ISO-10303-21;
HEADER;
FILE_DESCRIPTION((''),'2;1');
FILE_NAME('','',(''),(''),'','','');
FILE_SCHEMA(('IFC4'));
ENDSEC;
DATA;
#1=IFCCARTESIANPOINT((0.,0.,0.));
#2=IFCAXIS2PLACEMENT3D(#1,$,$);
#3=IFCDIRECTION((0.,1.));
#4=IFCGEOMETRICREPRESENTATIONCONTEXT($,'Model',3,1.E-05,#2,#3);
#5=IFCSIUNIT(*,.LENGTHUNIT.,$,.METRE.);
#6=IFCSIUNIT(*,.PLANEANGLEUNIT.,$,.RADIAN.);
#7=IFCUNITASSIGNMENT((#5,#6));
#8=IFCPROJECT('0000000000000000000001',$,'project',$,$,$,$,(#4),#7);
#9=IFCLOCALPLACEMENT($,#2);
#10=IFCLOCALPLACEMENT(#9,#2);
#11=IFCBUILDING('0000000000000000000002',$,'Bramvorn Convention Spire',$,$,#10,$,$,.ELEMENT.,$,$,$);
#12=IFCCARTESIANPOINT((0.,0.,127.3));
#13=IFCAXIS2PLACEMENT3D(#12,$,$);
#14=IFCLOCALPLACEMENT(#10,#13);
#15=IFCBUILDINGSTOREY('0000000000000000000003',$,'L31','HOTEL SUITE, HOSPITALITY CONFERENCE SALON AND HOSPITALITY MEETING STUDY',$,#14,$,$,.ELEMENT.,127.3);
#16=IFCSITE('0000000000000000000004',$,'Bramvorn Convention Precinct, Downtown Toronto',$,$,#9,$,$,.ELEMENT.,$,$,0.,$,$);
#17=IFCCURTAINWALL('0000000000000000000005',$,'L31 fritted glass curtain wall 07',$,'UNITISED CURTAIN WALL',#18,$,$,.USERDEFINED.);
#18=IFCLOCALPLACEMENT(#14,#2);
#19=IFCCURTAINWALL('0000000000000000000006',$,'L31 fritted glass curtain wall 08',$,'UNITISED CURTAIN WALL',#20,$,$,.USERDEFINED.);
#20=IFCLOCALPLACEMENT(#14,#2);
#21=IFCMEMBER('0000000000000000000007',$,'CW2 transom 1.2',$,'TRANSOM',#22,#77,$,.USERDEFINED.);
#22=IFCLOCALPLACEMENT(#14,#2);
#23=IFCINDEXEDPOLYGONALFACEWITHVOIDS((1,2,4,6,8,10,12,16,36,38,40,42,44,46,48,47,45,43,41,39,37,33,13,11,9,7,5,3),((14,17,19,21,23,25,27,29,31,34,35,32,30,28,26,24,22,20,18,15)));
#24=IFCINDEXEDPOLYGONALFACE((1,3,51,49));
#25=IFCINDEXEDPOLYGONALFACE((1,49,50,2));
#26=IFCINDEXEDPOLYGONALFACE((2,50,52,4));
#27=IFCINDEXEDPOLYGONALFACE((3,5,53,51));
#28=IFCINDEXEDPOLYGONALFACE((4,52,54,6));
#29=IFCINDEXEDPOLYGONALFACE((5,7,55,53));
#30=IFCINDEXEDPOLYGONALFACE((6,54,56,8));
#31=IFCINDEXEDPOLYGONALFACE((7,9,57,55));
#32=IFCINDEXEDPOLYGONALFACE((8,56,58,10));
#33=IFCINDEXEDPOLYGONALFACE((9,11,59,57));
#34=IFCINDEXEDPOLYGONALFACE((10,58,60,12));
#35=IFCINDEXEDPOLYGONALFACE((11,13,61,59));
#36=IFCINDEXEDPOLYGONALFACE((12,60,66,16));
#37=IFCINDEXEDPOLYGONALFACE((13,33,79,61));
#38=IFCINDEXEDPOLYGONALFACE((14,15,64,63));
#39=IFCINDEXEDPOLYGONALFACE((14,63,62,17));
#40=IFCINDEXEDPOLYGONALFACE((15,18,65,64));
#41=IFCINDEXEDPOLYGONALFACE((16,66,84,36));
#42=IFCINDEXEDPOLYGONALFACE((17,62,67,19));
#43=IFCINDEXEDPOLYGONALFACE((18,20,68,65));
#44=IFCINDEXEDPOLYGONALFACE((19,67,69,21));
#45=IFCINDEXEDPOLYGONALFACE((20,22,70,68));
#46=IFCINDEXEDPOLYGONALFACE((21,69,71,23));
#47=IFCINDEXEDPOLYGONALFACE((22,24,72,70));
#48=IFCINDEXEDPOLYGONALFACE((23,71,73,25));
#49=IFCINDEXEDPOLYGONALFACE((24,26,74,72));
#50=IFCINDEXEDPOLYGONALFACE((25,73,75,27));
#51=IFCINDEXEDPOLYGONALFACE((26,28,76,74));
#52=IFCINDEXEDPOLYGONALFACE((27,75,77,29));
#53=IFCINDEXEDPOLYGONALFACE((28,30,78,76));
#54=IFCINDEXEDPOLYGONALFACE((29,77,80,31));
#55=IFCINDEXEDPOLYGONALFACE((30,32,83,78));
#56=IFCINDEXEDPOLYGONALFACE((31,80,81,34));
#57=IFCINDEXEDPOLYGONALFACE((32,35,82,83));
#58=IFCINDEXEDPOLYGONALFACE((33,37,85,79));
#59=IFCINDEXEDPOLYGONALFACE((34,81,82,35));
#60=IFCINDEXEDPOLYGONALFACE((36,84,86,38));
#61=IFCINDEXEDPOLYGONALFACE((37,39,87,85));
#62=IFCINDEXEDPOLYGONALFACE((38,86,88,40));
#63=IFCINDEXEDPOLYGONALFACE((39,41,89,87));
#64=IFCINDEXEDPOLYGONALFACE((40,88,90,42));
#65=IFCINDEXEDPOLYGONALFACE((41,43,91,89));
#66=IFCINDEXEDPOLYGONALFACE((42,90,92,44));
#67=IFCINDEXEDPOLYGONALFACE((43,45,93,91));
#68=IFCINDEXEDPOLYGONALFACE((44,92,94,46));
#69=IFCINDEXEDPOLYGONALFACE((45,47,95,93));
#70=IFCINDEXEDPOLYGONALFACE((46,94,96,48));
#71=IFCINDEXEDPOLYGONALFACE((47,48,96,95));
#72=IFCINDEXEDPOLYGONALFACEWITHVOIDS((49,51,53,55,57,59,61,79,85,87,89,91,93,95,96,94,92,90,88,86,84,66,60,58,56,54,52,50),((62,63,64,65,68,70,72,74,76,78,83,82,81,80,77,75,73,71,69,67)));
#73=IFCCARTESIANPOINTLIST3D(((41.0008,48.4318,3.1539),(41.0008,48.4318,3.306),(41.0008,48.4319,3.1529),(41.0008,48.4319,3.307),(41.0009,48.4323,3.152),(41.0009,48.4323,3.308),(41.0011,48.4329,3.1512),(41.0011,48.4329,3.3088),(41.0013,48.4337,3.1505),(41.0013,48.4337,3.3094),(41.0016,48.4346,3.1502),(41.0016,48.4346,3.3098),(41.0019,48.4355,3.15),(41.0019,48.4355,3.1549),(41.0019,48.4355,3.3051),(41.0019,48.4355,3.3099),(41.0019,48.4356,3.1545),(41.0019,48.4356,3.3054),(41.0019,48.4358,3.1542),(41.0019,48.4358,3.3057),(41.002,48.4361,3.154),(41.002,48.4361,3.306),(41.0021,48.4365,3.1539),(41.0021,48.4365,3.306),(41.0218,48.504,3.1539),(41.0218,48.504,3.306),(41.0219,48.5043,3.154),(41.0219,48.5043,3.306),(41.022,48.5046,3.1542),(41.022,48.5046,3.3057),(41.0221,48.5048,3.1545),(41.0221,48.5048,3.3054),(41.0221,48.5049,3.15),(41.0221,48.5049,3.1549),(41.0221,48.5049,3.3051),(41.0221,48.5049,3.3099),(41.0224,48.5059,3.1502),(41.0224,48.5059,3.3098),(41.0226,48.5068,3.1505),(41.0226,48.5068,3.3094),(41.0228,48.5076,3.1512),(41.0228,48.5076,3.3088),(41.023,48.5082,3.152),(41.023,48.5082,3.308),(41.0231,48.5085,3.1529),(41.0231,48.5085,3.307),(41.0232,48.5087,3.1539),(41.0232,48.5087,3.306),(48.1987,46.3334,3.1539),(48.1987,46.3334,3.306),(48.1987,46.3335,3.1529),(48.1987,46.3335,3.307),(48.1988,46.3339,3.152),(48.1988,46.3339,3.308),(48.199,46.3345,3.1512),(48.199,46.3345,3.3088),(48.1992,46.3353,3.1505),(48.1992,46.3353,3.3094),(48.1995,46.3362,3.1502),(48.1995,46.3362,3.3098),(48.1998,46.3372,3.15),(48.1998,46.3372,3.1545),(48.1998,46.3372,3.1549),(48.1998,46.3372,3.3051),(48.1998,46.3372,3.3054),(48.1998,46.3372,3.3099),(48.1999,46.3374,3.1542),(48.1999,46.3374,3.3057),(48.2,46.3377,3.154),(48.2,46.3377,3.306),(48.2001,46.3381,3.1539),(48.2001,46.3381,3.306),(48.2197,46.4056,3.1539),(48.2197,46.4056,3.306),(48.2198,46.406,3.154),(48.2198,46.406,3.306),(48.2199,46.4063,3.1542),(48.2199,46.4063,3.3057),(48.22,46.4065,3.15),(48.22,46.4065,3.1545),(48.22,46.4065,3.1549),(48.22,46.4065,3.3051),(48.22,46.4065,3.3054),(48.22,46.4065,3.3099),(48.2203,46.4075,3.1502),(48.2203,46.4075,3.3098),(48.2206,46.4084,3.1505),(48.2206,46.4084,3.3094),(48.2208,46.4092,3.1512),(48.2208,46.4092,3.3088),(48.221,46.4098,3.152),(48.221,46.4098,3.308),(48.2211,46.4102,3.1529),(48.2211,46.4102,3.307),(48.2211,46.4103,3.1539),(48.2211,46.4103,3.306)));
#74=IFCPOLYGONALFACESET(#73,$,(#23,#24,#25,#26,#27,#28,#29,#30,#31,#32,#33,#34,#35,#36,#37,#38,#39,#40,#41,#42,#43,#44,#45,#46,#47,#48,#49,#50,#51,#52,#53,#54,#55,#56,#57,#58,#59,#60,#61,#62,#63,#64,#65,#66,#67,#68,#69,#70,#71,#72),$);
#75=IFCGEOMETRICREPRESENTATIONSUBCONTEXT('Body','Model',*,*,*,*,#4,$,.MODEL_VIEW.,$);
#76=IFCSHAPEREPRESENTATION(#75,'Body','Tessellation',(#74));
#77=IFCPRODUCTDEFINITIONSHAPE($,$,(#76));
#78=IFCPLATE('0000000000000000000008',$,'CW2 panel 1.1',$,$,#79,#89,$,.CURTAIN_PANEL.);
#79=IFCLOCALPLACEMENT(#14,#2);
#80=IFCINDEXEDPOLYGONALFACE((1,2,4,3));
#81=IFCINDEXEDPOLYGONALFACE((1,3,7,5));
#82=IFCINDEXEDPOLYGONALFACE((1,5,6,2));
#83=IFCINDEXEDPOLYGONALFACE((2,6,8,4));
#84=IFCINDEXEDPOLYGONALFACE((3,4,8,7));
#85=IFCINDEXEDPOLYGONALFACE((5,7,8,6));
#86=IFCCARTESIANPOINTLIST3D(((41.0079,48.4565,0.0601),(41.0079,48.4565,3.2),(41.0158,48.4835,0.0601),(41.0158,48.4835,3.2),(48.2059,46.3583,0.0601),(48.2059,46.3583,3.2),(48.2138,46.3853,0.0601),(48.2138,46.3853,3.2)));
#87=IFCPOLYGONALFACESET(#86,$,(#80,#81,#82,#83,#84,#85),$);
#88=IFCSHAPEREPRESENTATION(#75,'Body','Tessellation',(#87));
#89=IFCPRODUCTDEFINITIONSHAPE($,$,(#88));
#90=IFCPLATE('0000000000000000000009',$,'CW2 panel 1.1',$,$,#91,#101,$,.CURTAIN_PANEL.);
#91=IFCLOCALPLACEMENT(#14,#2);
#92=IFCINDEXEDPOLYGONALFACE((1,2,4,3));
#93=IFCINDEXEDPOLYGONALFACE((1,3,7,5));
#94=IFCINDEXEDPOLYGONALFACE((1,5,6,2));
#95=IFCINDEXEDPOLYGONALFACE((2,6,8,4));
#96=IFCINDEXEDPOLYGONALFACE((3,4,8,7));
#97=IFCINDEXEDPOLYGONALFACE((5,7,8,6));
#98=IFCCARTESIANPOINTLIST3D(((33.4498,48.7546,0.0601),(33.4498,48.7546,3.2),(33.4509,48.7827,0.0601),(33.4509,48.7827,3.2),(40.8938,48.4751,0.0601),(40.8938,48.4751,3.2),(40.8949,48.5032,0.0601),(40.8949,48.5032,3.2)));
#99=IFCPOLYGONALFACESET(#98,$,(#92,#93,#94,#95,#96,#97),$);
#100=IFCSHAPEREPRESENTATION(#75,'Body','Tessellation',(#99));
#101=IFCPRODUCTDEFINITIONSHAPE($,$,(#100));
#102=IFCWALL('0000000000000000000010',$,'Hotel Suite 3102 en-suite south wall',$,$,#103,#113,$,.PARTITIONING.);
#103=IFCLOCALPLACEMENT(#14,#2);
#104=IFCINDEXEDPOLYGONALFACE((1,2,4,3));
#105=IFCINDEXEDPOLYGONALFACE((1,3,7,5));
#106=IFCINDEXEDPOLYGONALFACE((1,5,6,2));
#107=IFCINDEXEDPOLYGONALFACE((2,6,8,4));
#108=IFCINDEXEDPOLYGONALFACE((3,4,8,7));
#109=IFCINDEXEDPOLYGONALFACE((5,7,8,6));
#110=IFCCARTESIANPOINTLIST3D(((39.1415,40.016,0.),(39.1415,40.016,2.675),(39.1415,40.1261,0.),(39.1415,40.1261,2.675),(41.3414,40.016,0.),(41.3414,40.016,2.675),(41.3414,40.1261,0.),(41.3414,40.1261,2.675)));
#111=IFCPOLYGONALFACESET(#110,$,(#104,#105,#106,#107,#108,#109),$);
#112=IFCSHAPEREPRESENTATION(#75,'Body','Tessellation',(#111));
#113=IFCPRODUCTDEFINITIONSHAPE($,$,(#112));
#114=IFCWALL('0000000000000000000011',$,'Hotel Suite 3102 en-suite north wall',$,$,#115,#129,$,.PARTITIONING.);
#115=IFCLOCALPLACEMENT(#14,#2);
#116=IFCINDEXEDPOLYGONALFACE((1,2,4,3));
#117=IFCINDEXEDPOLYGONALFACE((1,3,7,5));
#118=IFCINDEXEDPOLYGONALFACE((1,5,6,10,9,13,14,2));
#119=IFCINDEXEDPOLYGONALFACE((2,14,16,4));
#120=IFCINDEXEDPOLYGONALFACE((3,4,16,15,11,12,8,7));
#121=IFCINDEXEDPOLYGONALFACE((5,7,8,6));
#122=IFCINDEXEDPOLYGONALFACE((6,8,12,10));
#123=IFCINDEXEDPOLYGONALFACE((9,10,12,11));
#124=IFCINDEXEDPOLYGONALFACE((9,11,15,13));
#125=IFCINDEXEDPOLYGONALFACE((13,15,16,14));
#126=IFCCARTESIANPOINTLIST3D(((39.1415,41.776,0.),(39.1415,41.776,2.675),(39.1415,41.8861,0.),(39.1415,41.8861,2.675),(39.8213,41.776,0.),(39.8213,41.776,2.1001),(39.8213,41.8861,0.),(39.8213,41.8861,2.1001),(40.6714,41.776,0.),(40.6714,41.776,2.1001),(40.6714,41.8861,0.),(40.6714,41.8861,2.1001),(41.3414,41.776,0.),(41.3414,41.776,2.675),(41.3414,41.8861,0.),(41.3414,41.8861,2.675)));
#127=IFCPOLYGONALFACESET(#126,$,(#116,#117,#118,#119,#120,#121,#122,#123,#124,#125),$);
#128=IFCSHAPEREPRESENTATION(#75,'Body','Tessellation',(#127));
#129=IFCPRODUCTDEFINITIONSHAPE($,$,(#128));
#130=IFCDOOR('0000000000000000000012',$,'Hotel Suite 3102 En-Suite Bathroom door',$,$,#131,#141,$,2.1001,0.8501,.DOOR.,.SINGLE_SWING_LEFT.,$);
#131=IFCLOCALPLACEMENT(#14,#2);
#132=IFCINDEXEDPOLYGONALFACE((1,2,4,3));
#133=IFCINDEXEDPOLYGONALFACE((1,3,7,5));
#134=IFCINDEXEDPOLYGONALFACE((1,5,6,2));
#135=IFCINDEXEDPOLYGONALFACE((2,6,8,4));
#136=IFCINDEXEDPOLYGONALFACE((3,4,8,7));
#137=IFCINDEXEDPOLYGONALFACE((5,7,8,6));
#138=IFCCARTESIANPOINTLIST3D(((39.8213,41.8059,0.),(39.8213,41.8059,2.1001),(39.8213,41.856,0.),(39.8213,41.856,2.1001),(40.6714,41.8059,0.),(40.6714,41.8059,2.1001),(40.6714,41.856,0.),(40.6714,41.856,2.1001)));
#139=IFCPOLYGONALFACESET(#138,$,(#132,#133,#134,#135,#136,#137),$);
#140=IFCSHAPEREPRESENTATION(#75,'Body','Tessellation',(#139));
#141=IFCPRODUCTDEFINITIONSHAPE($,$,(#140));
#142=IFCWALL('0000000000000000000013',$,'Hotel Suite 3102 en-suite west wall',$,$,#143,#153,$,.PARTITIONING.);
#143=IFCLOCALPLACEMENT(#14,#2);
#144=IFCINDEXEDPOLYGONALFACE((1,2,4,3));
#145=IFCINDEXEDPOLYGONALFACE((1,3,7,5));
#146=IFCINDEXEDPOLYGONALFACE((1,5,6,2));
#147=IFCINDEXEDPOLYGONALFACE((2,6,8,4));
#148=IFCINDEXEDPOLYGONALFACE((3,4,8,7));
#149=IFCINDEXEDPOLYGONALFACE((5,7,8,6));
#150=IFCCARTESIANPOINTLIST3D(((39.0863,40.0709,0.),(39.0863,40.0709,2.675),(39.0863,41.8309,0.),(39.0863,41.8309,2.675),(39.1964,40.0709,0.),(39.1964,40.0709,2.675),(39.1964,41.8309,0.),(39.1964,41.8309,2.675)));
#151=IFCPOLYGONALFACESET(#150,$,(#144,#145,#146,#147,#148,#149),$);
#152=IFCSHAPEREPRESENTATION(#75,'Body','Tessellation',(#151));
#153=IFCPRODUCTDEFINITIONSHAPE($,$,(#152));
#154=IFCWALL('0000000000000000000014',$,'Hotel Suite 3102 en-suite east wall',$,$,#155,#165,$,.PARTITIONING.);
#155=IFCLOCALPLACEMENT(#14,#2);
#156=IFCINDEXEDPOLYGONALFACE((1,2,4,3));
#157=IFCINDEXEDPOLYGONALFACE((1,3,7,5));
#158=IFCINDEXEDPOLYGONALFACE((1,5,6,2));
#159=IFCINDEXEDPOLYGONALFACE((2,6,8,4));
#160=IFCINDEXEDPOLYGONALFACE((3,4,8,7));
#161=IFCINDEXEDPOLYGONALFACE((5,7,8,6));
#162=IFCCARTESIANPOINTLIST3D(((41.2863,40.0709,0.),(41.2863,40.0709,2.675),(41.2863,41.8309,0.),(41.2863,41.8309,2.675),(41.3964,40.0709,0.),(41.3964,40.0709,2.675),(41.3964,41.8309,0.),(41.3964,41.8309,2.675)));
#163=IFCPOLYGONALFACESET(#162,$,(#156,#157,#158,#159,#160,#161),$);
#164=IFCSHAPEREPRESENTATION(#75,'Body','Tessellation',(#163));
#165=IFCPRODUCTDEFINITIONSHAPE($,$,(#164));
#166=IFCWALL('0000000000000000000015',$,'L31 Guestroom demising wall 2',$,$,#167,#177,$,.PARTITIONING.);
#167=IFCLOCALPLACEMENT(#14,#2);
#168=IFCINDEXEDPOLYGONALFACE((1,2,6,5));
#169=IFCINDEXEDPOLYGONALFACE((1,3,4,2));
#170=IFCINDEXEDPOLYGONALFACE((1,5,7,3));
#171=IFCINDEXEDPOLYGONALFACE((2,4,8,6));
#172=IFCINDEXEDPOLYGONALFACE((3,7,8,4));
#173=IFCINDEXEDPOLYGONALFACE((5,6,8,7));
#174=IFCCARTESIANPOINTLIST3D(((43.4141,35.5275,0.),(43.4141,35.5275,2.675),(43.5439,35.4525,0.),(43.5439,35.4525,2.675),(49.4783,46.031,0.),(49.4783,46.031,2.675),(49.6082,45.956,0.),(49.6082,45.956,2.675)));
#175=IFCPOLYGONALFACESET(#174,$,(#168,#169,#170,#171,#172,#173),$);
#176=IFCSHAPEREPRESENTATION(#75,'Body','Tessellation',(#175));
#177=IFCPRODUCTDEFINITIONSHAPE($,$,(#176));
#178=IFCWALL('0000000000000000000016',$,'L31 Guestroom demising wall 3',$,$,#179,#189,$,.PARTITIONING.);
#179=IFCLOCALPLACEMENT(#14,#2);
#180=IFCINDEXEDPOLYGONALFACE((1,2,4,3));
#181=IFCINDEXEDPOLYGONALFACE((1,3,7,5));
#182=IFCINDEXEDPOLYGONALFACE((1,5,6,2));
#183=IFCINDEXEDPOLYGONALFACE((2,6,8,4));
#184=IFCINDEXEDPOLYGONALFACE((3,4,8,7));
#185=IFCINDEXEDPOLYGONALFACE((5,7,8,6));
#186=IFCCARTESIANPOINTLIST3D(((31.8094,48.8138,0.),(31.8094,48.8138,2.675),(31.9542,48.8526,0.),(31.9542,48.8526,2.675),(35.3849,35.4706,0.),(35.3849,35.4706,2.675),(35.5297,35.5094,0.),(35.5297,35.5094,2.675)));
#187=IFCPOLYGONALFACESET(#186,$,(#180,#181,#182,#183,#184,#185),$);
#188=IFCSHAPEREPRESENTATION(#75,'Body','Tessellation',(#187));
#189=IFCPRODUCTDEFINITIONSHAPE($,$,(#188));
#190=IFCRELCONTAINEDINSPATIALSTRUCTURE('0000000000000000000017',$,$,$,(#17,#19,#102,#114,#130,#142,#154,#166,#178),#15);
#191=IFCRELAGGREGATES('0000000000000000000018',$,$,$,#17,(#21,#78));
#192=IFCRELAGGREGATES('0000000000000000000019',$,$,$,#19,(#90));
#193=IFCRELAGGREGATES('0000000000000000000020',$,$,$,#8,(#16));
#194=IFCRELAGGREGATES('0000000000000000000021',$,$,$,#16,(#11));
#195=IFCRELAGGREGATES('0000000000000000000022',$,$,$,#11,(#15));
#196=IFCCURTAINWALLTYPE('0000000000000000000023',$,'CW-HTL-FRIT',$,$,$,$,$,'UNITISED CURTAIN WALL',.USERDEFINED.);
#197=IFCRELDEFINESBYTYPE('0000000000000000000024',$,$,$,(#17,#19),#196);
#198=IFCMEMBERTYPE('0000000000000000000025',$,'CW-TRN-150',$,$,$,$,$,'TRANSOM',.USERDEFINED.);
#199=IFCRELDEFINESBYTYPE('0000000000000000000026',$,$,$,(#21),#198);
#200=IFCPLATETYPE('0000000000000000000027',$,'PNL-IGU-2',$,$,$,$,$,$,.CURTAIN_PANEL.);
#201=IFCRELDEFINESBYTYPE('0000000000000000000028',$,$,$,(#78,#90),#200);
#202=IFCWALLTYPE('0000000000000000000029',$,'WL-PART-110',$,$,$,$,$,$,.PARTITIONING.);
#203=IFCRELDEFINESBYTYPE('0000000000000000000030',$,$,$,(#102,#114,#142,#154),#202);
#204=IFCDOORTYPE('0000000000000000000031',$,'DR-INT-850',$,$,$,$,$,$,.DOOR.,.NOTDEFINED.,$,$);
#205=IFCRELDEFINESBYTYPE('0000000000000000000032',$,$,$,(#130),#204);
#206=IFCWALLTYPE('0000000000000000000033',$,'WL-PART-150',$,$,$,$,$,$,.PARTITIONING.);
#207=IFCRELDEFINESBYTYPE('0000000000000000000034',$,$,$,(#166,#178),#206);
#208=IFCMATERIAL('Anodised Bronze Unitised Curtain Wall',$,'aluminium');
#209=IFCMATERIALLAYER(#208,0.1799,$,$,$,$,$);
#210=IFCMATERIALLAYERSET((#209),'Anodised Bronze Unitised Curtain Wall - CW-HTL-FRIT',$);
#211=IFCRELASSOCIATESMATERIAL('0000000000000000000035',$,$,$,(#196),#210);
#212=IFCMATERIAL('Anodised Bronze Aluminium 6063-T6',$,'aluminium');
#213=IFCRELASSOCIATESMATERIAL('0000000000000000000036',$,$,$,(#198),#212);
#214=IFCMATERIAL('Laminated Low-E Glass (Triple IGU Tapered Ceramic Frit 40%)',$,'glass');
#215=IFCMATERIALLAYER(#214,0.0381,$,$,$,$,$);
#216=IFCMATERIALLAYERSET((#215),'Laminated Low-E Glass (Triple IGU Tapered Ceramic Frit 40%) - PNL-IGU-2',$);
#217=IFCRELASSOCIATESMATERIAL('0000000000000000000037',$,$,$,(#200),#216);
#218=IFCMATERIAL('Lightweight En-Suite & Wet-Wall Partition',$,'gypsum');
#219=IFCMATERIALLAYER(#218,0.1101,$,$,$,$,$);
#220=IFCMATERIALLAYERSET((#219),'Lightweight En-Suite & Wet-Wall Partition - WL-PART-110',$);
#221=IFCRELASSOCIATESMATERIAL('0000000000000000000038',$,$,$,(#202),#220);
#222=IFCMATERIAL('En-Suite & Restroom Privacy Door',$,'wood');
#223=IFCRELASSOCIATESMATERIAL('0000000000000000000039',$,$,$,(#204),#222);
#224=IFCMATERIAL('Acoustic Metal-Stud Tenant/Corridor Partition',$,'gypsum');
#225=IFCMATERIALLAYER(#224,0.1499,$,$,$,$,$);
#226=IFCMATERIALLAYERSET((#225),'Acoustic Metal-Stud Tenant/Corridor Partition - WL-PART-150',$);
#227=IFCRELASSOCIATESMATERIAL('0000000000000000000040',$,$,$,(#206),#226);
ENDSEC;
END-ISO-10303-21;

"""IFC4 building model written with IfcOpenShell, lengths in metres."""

from ifc_helpers import new_model, si_unit, direction, frame, frame_2d, origin, origin_2d, place, context, subcontext, project, spatial, rectangle, hollow_rectangle, extrude, material, layer, layer_set, material_profile, profile_set, type_object, element, fill, aggregate, save


model = new_model("IFC4")

# Units and contexts
model_context = context("Model", 3, precision=1e-05, world=origin(), true_north=direction((0.0, 1.0)))
body_context = subcontext(model_context, "Body", "Model", "MODEL_VIEW")
ifc_project = project(units=[si_unit("LENGTHUNIT", "METRE"), si_unit("PLANEANGLEUNIT", "RADIAN")], contexts=[model_context])

# Site, building, storey
site_placement = place(None, origin())
site = spatial("IfcSite", under=ifc_project, at=site_placement, Name="Bramvorn Convention Precinct, Downtown Toronto", CompositionType="ELEMENT", RefElevation=0.0)
building_placement = place(site_placement, origin())
building = spatial("IfcBuilding", under=site, at=building_placement, Name="Bramvorn Convention Spire", CompositionType="ELEMENT")
storey_placement = place(building_placement, frame((0.0, 0.0, 127.3)))
storey = spatial("IfcBuildingStorey", under=building, at=storey_placement, Name="L31", Description="HOTEL SUITE, HOSPITALITY CONFERENCE SALON AND HOSPITALITY MEETING STUDY", CompositionType="ELEMENT", Elevation=127.3)

# Curtain walls
ifc_material_1 = material(Name="Anodised Bronze Unitised Curtain Wall", Category="aluminium")
ifc_layer_1 = layer(ifc_material_1, 0.1799)
ifc_layer_set_1 = layer_set([ifc_layer_1], Name="Anodised Bronze Unitised Curtain Wall - CW-HTL-FRIT")
curtain_wall_type = type_object("IfcCurtainWallType", Name="CW-HTL-FRIT", ElementType="UNITISED CURTAIN WALL", PredefinedType="USERDEFINED", material=ifc_layer_set_1)
curtain_wall_1_placement = place(storey_placement, origin())
curtain_wall_1 = element("IfcCurtainWall", 1, at=curtain_wall_1_placement, inside=storey, type_object=curtain_wall_type, Name="L31 fritted glass curtain wall 07", ObjectType="UNITISED CURTAIN WALL", PredefinedType="USERDEFINED")
ifc_material_2 = material(Name="Anodised Bronze Aluminium 6063-T6", Category="aluminium")
curtain_wall_2_placement = place(storey_placement, origin())
curtain_wall_2 = element("IfcCurtainWall", 2, at=curtain_wall_2_placement, inside=storey, type_object=curtain_wall_type, Name="L31 fritted glass curtain wall 08", ObjectType="UNITISED CURTAIN WALL", PredefinedType="USERDEFINED")

# Member
ifc_material_profile_1 = material_profile(ifc_material_2, hollow_rectangle(XDim=0.0801, YDim=0.1599, WallThickness=0.0039, InnerFilletRadius=0.001, OuterFilletRadius=0.0039, at=origin_2d()))
ifc_profile_set_1 = profile_set([ifc_material_profile_1], Name="Anodised Bronze Aluminium 6063-T6 - CWT80X160")
member_type_1 = type_object("IfcMemberType", Name="CW-TRN-150", ElementType="TRANSOM", PredefinedType="USERDEFINED", material=ifc_profile_set_1)
member_1_placement = place(storey_placement, frame((41.012, 48.4702, 3.23), z_axis=(0.960037, -0.279874, 0.0), x_axis=(0.279874, 0.960037, 0.0)))
member_1 = element("IfcMember", 3, at=member_1_placement, type_object=member_type_1, Name="CW2 transom 1.2", ObjectType="TRANSOM", PredefinedType="USERDEFINED", context=body_context, shape_type="SweptSolid", body=[
    extrude(hollow_rectangle(XDim=0.0801, YDim=0.1599, WallThickness=0.0039, InnerFilletRadius=0.001, OuterFilletRadius=0.0039, at=origin_2d()), origin(), (0.0, 0.0, 1.0), 7.4976),
])

# Plates
ifc_material_3 = material(Name="Laminated Low-E Glass (Triple IGU Tapered Ceramic Frit 40%)", Category="glass")
ifc_layer_2 = layer(ifc_material_3, 0.0381)
ifc_layer_set_2 = layer_set([ifc_layer_2], Name="Laminated Low-E Glass (Triple IGU Tapered Ceramic Frit 40%) - PNL-IGU-2")
plate_type = type_object("IfcPlateType", Name="PNL-IGU-2", PredefinedType="CURTAIN_PANEL", material=ifc_layer_set_2)
plate_1_placement = place(storey_placement, frame((44.6108, 47.4209, 0.0601), z_axis=(0.0, 0.0, 1.0), x_axis=(0.960042, -0.279856, 0.0)))
plate_1 = element("IfcPlate", 4, at=plate_1_placement, type_object=plate_type, Name="CW2 panel 1.1", PredefinedType="CURTAIN_PANEL", context=body_context, shape_type="SweptSolid", body=[
    extrude(rectangle(XDim=7.4976, YDim=0.0281, at=origin_2d()), origin(), (0.0, 0.0, 1.0), 3.1399),
])
aggregate(curtain_wall_1, [member_1, plate_1])
plate_2_placement = place(storey_placement, frame((37.1724, 48.6289, 0.0601), z_axis=(0.0, 0.0, 1.0), x_axis=(0.999296, -0.03752, 0.0)))
plate_2 = element("IfcPlate", 5, at=plate_2_placement, type_object=plate_type, Name="CW2 panel 1.1", PredefinedType="CURTAIN_PANEL", context=body_context, shape_type="SweptSolid", body=[
    extrude(rectangle(XDim=7.4492, YDim=0.0281, at=origin_2d()), origin(), (0.0, 0.0, 1.0), 3.1399),
])
aggregate(curtain_wall_2, [plate_2])

# Wall
ifc_material_4 = material(Name="Lightweight En-Suite & Wet-Wall Partition", Category="gypsum")
ifc_layer_3 = layer(ifc_material_4, 0.1101)
ifc_layer_set_3 = layer_set([ifc_layer_3], Name="Lightweight En-Suite & Wet-Wall Partition - WL-PART-110")
wall_type_1 = type_object("IfcWallType", Name="WL-PART-110", PredefinedType="PARTITIONING", material=ifc_layer_set_3)
wall_1_placement = place(storey_placement, frame((39.1414, 40.071, 0.0), z_axis=(0.0, 0.0, 1.0), x_axis=(1.0, 0.0, 0.0)))
element("IfcWall", 6, at=wall_1_placement, inside=storey, type_object=wall_type_1, Name="Hotel Suite 3102 en-suite south wall", PredefinedType="PARTITIONING", context=body_context, shape_type="SweptSolid", body=[
    extrude(rectangle(XDim=2.2, YDim=0.1101, at=frame_2d((1.1001, 0.0))), origin(), (0.0, 0.0, 1.0), 2.675),
])

# Wall, opening, door
wall_2_placement = place(storey_placement, frame((39.1414, 41.8311, 0.0), z_axis=(0.0, 0.0, 1.0), x_axis=(1.0, 0.0, 0.0)))
wall_2 = element("IfcWall", 7, at=wall_2_placement, inside=storey, type_object=wall_type_1, Name="Hotel Suite 3102 en-suite north wall", PredefinedType="PARTITIONING", context=body_context, shape_type="SweptSolid", body=[
    extrude(rectangle(XDim=2.2, YDim=0.1101, at=frame_2d((1.1001, 0.0))), origin(), (0.0, 0.0, 1.0), 2.675),
])
opening_placement = place(wall_2_placement, frame((0.6799, 0.0, 0.0)))
opening = element("IfcOpeningElement", 8, at=opening_placement, cuts=wall_2, PredefinedType="OPENING", context=body_context, shape_type="SweptSolid", body=[
    extrude(rectangle(XDim=0.8501, YDim=2.1001, at=frame_2d((0.425, 1.05))), frame((0.0, 0.0649, 0.0), z_axis=(0.0, -1.0, 0.0), x_axis=(1.0, 0.0, 0.0)), (0.0, 0.0, 1.0), 0.1301),
])
ifc_material_5 = material(Name="En-Suite & Restroom Privacy Door", Category="wood")
door_type = type_object("IfcDoorType", Name="DR-INT-850", OperationType="NOTDEFINED", PredefinedType="DOOR", material=ifc_material_5)
door_placement = place(opening_placement, origin())
door = element("IfcDoor", 9, at=door_placement, inside=storey, type_object=door_type, Name="Hotel Suite 3102 En-Suite Bathroom door", OperationType="SINGLE_SWING_LEFT", OverallHeight=2.1001, OverallWidth=0.8501, PredefinedType="DOOR", context=body_context, shape_type="SweptSolid", body=[
    extrude(rectangle(XDim=0.8501, YDim=2.1001, at=frame_2d((0.425, 1.05))), frame((0.0, 0.0249, 0.0), z_axis=(0.0, -1.0, 0.0), x_axis=(1.0, 0.0, 0.0)), (0.0, 0.0, 1.0), 0.05),
])
fill(opening, door)

# Walls
for number, where, z_axis, x_axis, name in (
    (10, (39.1414, 40.071, 0.0), (0.0, 0.0, 1.0), (0.0, 1.0, 0.0), "Hotel Suite 3102 en-suite west wall"),
    (11, (41.3413, 40.071, 0.0), (0.0, 0.0, 1.0), (0.0, 1.0, 0.0), "Hotel Suite 3102 en-suite east wall"),
):
    element("IfcWall", number, at=place(storey_placement, frame(where, z_axis=z_axis, x_axis=x_axis)), inside=storey, type_object=wall_type_1, Name=name, PredefinedType="PARTITIONING", context=body_context, shape_type="SweptSolid", body=[
        extrude(rectangle(XDim=1.76, YDim=0.1101, at=frame_2d((0.8799, 0.0))), origin(), (0.0, 0.0, 1.0), 2.675),
    ])
ifc_material_6 = material(Name="Acoustic Metal-Stud Tenant/Corridor Partition", Category="gypsum")
ifc_layer_4 = layer(ifc_material_6, 0.1499)
ifc_layer_set_4 = layer_set([ifc_layer_4], Name="Acoustic Metal-Stud Tenant/Corridor Partition - WL-PART-150")
wall_type_2 = type_object("IfcWallType", Name="WL-PART-150", PredefinedType="PARTITIONING", material=ifc_layer_set_4)
wall_3_placement = place(storey_placement, frame((43.479, 35.49, 0.0), z_axis=(0.0, 0.0, 1.0), x_axis=(0.500004, 0.866023, 0.0)))
element("IfcWall", 12, at=wall_3_placement, inside=storey, type_object=wall_type_2, Name="L31 Guestroom demising wall 2", PredefinedType="PARTITIONING", context=body_context, shape_type="SweptSolid", body=[
    extrude(rectangle(XDim=12.1284, YDim=0.1499, at=frame_2d((6.0642, 0.0))), origin(), (0.0, 0.0, 1.0), 2.675),
])
wall_4_placement = place(storey_placement, frame((35.4573, 35.49, 0.0), z_axis=(0.0, 0.0, 1.0), x_axis=(-0.258827, 0.965924, 0.0)))
element("IfcWall", 13, at=wall_4_placement, inside=storey, type_object=wall_type_2, Name="L31 Guestroom demising wall 3", PredefinedType="PARTITIONING", context=body_context, shape_type="SweptSolid", body=[
    extrude(rectangle(XDim=13.814, YDim=0.1499, at=frame_2d((6.907, 0.0))), origin(), (0.0, 0.0, 1.0), 2.675),
])

save(model, "model.ifc")
